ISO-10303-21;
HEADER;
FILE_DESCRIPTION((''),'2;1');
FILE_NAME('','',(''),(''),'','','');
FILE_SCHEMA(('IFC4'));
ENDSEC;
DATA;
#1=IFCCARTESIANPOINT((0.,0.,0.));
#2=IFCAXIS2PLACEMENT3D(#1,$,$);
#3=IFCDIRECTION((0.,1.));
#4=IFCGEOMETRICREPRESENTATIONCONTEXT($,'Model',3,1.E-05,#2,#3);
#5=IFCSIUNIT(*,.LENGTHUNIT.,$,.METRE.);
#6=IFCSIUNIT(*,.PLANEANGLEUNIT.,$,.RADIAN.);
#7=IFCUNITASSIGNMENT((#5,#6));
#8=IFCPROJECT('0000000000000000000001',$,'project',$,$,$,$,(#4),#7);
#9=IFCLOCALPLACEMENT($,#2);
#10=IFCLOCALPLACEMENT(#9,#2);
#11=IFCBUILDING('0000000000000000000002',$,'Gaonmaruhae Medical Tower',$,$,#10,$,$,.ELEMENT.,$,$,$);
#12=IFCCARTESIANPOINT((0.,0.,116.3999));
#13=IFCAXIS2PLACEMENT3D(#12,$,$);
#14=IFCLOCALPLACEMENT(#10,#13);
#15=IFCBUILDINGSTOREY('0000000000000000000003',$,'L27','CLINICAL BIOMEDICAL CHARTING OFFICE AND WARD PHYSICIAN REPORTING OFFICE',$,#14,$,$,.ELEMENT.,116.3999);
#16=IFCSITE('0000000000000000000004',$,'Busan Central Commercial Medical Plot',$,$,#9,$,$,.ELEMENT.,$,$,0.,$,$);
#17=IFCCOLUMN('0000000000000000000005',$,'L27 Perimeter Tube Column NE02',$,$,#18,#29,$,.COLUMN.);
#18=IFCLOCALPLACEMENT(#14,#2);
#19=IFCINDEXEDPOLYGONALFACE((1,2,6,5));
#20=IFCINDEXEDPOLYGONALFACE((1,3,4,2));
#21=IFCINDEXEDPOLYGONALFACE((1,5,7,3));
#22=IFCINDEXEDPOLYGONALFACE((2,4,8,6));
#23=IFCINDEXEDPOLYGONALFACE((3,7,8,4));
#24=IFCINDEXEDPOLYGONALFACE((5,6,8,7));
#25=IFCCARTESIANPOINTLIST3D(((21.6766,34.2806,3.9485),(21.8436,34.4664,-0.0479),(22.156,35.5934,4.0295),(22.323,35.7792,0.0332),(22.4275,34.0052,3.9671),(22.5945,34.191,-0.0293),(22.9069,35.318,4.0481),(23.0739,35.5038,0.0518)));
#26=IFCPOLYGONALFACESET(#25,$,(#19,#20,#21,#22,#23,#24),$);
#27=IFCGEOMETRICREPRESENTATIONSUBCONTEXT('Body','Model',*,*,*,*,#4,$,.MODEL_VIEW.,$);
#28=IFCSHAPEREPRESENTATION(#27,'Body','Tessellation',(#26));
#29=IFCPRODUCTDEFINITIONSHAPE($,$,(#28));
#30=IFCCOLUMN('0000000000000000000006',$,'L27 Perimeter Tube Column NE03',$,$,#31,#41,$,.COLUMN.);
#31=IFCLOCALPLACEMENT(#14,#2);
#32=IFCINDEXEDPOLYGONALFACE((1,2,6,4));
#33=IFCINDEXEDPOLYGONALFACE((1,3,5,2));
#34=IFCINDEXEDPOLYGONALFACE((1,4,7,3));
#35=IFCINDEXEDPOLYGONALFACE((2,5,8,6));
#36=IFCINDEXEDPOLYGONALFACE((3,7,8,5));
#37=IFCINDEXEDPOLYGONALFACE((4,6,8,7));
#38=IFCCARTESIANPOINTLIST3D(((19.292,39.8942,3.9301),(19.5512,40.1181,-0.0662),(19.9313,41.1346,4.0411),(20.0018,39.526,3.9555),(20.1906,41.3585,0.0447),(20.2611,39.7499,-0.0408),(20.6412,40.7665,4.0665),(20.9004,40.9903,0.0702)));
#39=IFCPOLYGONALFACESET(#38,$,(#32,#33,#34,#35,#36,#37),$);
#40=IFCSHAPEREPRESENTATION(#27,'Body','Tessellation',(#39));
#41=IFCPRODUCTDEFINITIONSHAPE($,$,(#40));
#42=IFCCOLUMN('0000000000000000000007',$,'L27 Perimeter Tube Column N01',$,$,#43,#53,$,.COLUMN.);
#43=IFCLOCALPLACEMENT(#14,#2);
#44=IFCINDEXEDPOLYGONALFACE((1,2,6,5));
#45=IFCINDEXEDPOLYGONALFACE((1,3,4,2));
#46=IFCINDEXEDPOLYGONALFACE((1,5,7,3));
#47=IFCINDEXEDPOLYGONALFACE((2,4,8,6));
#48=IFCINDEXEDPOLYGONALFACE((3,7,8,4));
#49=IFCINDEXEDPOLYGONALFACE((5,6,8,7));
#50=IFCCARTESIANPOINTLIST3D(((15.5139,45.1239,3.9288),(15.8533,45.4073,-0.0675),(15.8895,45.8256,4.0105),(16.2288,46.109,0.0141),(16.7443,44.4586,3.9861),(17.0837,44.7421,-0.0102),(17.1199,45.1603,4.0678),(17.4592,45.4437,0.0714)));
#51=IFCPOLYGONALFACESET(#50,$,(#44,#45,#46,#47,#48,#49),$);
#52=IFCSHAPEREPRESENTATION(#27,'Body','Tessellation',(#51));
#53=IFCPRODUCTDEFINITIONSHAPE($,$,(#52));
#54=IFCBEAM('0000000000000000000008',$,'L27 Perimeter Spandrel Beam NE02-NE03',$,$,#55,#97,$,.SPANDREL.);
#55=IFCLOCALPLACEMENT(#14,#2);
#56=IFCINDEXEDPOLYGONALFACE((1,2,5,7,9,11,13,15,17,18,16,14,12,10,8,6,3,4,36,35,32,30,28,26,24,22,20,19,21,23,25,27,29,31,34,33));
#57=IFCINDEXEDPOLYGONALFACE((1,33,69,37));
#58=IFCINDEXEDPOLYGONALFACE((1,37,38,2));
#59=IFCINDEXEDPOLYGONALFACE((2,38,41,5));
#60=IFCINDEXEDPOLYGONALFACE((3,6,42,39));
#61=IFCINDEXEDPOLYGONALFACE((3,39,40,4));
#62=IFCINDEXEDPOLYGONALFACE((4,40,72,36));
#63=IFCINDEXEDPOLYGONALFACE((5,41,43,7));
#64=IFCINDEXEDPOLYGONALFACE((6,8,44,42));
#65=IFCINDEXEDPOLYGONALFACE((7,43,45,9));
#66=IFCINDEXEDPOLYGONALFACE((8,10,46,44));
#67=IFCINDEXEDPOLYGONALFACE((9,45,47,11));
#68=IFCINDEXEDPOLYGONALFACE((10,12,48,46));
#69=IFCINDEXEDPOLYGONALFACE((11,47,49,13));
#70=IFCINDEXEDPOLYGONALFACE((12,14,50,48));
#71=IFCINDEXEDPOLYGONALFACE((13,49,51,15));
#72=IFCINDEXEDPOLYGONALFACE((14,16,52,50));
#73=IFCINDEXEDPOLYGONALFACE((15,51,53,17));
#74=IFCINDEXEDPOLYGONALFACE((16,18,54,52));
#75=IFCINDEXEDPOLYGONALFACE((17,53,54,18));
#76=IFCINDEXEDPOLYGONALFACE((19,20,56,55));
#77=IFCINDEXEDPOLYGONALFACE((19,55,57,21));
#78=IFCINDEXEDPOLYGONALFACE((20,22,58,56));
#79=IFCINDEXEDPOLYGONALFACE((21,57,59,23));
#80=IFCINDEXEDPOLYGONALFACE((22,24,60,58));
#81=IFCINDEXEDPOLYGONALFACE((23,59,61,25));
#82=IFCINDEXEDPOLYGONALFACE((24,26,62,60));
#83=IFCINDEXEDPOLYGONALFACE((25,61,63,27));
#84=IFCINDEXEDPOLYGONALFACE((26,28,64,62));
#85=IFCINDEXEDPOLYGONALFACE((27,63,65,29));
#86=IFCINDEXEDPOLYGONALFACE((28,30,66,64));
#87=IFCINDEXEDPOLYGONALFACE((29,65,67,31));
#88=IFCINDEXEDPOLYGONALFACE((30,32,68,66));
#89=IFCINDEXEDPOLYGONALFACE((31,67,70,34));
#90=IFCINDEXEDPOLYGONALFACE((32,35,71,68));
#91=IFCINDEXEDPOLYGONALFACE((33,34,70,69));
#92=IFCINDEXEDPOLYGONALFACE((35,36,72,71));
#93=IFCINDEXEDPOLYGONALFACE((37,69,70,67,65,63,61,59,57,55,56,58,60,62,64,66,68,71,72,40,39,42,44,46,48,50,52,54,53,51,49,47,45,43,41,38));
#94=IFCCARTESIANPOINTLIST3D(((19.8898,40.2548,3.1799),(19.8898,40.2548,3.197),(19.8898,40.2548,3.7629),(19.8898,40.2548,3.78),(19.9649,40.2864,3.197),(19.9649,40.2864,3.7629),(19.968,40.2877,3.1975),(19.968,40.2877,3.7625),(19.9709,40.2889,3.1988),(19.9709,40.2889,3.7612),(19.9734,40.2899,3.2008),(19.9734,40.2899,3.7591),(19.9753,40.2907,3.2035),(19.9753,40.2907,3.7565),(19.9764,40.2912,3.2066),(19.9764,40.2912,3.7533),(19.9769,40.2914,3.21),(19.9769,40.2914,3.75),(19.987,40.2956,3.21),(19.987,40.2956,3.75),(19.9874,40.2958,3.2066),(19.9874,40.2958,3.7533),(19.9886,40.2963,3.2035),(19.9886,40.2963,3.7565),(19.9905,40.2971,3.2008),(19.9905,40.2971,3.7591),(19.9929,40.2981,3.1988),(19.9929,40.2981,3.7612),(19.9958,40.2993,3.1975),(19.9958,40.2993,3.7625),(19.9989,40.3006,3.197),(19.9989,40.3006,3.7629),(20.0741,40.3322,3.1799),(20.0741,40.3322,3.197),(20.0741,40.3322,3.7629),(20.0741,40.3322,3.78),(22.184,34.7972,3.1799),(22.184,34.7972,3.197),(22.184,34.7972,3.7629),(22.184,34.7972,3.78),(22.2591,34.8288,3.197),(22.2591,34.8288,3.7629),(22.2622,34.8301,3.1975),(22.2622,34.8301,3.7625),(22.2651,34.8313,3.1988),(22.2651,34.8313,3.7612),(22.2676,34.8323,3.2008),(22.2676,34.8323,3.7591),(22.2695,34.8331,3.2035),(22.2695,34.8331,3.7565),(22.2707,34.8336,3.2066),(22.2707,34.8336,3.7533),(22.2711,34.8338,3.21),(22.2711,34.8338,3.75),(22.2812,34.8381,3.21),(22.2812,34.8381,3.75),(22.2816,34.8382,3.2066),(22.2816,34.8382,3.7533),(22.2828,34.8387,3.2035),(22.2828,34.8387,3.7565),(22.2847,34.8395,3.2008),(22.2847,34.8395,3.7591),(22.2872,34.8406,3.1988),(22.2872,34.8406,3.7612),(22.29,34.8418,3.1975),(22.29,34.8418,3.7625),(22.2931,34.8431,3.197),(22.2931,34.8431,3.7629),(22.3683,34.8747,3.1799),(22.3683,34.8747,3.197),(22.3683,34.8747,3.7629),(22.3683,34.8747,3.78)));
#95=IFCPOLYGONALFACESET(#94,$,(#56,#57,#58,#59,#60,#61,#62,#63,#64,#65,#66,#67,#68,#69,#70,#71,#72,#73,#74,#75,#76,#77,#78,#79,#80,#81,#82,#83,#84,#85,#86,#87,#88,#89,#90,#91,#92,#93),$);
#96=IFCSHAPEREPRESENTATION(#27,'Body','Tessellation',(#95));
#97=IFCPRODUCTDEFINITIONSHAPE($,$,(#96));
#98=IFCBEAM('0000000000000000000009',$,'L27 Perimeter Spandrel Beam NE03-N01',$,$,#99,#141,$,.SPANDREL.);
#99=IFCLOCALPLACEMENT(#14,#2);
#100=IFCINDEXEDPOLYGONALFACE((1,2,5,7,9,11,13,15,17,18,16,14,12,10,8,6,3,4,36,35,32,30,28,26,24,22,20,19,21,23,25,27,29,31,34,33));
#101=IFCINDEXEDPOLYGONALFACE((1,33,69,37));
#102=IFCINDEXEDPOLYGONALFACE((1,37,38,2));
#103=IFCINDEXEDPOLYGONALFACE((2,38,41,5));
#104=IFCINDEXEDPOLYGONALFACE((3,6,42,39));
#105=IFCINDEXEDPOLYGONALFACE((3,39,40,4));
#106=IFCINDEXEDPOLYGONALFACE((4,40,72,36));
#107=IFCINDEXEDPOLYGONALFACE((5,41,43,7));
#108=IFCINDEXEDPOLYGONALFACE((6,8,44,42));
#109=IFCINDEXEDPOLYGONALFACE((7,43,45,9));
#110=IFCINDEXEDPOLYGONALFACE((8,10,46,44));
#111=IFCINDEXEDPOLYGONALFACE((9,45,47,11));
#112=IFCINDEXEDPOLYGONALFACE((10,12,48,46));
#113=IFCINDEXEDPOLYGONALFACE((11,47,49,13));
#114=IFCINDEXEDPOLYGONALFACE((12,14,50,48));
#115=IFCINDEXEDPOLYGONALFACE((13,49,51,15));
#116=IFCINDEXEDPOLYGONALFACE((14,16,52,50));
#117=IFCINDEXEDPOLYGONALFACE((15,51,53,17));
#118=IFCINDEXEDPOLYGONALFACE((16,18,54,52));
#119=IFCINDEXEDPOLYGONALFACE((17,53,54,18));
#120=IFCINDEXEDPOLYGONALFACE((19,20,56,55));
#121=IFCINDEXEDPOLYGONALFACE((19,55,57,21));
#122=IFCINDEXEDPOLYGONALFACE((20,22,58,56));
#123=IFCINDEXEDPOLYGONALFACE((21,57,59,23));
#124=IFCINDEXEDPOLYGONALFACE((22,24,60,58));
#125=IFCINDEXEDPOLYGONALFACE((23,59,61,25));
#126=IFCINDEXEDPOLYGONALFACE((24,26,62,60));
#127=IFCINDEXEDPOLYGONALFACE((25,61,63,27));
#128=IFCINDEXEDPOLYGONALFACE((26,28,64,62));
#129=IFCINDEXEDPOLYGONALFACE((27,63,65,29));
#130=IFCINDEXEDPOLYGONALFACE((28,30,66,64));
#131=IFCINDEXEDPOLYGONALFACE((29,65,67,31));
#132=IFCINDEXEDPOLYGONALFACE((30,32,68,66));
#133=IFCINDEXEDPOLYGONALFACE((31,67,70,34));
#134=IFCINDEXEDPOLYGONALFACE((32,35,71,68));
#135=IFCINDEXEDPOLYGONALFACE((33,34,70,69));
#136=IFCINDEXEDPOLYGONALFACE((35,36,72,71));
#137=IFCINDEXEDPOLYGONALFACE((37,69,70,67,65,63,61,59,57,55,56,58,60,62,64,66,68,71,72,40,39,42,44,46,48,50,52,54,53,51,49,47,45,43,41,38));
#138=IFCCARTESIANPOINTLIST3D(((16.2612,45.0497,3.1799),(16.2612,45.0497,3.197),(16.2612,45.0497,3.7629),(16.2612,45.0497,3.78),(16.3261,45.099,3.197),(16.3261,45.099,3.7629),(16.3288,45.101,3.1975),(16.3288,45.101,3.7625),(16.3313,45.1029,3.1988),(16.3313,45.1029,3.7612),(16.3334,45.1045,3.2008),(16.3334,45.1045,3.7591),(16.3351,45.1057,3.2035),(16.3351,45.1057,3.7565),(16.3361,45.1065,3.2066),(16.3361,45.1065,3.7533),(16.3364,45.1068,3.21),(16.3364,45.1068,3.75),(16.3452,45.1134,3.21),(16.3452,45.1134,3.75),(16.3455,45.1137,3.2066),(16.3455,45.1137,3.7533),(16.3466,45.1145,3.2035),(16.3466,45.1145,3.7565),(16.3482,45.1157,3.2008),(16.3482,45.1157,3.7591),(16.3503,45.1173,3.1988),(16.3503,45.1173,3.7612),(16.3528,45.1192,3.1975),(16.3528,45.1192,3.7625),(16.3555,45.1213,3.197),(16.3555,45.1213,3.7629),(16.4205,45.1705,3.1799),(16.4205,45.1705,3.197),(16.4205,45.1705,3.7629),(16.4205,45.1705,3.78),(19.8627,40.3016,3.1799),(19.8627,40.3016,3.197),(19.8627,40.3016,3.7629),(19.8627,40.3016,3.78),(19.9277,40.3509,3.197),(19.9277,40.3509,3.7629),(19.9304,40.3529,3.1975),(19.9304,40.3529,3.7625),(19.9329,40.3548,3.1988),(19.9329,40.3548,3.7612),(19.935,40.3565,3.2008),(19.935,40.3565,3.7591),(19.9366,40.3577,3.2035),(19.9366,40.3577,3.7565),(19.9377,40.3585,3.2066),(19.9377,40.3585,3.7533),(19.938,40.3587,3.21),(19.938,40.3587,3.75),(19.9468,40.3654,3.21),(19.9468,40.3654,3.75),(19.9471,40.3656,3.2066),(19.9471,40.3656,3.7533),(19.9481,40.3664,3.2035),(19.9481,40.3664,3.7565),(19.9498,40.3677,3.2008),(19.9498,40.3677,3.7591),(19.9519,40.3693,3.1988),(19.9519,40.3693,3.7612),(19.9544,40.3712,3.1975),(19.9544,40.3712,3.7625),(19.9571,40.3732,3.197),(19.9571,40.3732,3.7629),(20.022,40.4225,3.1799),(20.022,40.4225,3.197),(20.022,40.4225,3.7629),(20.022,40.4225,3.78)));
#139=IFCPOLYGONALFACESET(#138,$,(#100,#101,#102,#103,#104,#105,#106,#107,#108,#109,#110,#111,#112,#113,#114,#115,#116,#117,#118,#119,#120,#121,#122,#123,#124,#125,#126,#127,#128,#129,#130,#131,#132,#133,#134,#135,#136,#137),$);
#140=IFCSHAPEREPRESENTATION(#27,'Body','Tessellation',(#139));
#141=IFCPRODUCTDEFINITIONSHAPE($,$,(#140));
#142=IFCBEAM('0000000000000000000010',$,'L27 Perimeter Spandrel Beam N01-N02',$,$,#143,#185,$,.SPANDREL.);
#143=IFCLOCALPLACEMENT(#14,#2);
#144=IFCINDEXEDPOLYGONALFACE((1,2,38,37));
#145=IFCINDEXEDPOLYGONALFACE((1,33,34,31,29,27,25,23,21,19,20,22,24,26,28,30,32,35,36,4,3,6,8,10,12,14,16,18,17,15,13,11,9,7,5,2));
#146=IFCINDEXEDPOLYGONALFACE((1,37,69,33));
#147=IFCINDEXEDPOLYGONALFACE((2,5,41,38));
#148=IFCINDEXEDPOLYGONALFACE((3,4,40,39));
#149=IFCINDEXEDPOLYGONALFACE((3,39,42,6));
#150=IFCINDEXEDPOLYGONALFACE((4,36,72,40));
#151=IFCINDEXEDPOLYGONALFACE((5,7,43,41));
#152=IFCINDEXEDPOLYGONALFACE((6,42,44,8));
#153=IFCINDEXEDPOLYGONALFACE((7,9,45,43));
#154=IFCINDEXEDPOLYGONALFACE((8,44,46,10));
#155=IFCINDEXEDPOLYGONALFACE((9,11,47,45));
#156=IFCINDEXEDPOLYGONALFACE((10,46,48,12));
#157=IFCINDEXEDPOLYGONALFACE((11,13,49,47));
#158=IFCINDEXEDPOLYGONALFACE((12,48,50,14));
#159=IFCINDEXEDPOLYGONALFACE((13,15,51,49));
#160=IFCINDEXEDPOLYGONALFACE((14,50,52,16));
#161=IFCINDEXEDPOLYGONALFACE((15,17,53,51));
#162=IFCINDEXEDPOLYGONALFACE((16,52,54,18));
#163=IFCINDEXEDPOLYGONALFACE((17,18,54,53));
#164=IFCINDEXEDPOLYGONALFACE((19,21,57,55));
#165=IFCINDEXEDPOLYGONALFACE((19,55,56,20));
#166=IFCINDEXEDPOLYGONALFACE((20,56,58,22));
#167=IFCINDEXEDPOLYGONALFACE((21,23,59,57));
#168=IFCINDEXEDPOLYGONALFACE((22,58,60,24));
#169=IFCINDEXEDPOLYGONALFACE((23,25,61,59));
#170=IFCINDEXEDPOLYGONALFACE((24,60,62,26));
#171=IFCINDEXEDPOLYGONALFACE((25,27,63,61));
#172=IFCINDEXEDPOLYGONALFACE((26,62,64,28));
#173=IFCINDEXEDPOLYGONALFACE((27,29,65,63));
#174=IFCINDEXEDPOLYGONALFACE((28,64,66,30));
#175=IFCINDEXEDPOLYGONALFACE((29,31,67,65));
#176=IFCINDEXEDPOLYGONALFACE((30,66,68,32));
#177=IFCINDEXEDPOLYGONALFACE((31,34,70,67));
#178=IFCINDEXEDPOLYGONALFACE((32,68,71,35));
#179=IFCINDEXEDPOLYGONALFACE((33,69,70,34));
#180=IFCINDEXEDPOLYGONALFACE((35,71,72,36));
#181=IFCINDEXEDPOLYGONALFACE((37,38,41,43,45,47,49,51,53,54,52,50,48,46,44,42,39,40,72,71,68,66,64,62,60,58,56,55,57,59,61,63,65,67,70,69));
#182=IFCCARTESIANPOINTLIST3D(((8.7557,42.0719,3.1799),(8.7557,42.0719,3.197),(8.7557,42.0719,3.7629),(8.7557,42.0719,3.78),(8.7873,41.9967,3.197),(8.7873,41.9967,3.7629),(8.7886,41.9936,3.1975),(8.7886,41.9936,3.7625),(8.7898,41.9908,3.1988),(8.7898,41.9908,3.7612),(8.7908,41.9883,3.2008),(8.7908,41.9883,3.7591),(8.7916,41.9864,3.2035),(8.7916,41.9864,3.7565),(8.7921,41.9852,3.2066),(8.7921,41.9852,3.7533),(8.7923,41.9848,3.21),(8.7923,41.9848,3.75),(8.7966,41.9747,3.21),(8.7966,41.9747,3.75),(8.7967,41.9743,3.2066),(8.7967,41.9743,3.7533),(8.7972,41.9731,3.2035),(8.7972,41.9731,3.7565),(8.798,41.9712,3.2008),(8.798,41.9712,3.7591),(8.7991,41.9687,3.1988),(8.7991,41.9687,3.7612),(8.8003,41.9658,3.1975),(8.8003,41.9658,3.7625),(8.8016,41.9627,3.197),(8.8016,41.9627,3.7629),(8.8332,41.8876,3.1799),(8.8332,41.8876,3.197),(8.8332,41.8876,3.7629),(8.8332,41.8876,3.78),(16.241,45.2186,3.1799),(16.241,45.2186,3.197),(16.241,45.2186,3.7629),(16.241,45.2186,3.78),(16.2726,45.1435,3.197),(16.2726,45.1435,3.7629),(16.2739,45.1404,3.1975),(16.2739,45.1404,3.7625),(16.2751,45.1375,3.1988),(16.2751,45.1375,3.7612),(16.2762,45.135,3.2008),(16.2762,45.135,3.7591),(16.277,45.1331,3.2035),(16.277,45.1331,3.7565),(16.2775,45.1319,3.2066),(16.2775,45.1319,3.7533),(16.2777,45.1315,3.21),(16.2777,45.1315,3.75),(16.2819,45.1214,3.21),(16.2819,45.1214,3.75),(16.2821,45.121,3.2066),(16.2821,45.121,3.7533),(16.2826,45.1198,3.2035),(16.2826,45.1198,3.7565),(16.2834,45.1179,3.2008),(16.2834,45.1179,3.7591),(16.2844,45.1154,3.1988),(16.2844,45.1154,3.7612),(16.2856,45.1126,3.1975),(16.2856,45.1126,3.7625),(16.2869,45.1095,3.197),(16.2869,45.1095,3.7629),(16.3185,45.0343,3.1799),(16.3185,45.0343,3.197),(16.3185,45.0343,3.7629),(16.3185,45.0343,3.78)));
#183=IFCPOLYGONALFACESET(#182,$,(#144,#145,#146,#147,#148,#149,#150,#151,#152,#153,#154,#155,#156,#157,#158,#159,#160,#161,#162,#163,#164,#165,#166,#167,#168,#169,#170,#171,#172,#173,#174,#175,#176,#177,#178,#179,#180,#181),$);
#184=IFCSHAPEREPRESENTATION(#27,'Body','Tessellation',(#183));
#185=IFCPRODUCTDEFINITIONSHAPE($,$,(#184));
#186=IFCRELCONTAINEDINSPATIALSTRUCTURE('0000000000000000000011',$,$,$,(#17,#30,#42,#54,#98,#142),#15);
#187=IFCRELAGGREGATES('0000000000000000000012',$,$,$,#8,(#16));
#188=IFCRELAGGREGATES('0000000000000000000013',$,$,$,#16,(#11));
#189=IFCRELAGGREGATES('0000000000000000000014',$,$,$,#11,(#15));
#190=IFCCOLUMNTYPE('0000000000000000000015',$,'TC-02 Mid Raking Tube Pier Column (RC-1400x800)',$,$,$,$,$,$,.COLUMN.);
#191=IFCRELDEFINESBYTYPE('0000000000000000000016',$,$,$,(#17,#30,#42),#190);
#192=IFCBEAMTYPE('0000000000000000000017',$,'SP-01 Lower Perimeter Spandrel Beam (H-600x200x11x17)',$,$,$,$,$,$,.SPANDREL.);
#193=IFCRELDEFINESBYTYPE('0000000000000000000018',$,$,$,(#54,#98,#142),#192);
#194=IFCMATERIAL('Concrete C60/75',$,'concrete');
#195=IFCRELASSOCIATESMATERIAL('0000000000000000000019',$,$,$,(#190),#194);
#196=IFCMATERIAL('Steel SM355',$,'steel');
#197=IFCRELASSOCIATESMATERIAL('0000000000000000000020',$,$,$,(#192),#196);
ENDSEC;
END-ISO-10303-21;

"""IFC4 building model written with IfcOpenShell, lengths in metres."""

from ifc_helpers import new_model, si_unit, direction, frame, origin, origin_2d, place, context, subcontext, project, spatial, rectangle, i_section, extrude, material, material_profile, profile_set, type_object, element, save


model = new_model("IFC4")

# Units and contexts
model_context = context("Model", 3, precision=1e-05, world=origin(), true_north=direction((0.0, 1.0)))
body_context = subcontext(model_context, "Body", "Model", "MODEL_VIEW")
ifc_project = project(units=[si_unit("LENGTHUNIT", "METRE"), si_unit("PLANEANGLEUNIT", "RADIAN")], contexts=[model_context])

# Site, building, storey
site_placement = place(None, origin())
site = spatial("IfcSite", under=ifc_project, at=site_placement, Name="Busan Central Commercial Medical Plot", CompositionType="ELEMENT", RefElevation=0.0)
building_placement = place(site_placement, origin())
building = spatial("IfcBuilding", under=site, at=building_placement, Name="Gaonmaruhae Medical Tower", CompositionType="ELEMENT")
storey_placement = place(building_placement, frame((0.0, 0.0, 116.3999)))
storey = spatial("IfcBuildingStorey", under=building, at=storey_placement, Name="L27", Description="CLINICAL BIOMEDICAL CHARTING OFFICE AND WARD PHYSICIAN REPORTING OFFICE", CompositionType="ELEMENT", Elevation=116.3999)

# Columns
ifc_material_1 = material(Name="Concrete C60/75", Category="concrete")
ifc_material_profile_1 = material_profile(ifc_material_1, rectangle(XDim=1.3999, YDim=0.8, at=origin_2d()), Name="RC-1400x800")
ifc_profile_set_1 = profile_set([ifc_material_profile_1], Name="Concrete C60/75")
column_type = type_object("IfcColumnType", Name="TC-02 Mid Raking Tube Pier Column (RC-1400x800)", PredefinedType="COLUMN", material=ifc_profile_set_1)
column_1_placement = place(storey_placement, frame((22.4587, 34.9851, 0.002), z_axis=(-0.041705, -0.0464, 0.998052), x_axis=(0.342447, 0.937751, 0.057906)))
element("IfcColumn", 1, at=column_1_placement, inside=storey, type_object=column_type, Name="L27 Perimeter Tube Column NE02", PredefinedType="COLUMN", context=body_context, shape_type="SweptSolid", body=[
    extrude(rectangle(XDim=1.3999, YDim=0.8, at=origin_2d()), origin(), (0.0, 0.0, 1.0), 4.0042),
])
column_2_placement = place(storey_placement, frame((20.2258, 40.5542, 0.002), z_axis=(-0.064642, -0.055816, 0.996346), x_axis=(0.456711, 0.886076, 0.079269)))
element("IfcColumn", 2, at=column_2_placement, inside=storey, type_object=column_type, Name="L27 Perimeter Tube Column NE03", PredefinedType="COLUMN", context=body_context, shape_type="SweptSolid", body=[
    extrude(rectangle(XDim=1.3999, YDim=0.8, at=origin_2d()), origin(), (0.0, 0.0, 1.0), 4.011),
])
column_3_placement = place(storey_placement, frame((16.6562, 45.4255, 0.002), z_axis=(-0.084402, -0.070497, 0.993935), x_axis=(0.878913, -0.475222, 0.040928)))
element("IfcColumn", 3, at=column_3_placement, inside=storey, type_object=column_type, Name="L27 Perimeter Tube Column N01", PredefinedType="COLUMN", context=body_context, shape_type="SweptSolid", body=[
    extrude(rectangle(XDim=1.3999, YDim=0.8, at=origin_2d()), origin(), (0.0, 0.0, 1.0), 4.0208),
])

# Beams
ifc_material_2 = material(Name="Steel SM355", Category="steel")
ifc_material_profile_2 = material_profile(ifc_material_2, i_section(OverallWidth=0.2, OverallDepth=0.6001, WebThickness=0.011, FlangeThickness=0.0171, FilletRadius=0.0129, at=origin_2d()), Name="H-600x200x11x17")
ifc_profile_set_2 = profile_set([ifc_material_profile_2], Name="Steel SM355")
beam_type = type_object("IfcBeamType", Name="SP-01 Lower Perimeter Spandrel Beam (H-600x200x11x17)", PredefinedType="SPANDREL", material=ifc_profile_set_2)
beam_1_placement = place(storey_placement, frame((22.2761, 34.8359, 3.48), z_axis=(-0.387524, 0.92186, 0.0), x_axis=(-0.92186, -0.387524, 0.0)))
element("IfcBeam", 4, at=beam_1_placement, inside=storey, type_object=beam_type, Name="L27 Perimeter Spandrel Beam NE02-NE03", PredefinedType="SPANDREL", context=body_context, shape_type="SweptSolid", body=[
    extrude(i_section(OverallWidth=0.2, OverallDepth=0.6001, WebThickness=0.011, FlangeThickness=0.0171, FilletRadius=0.0129, at=origin_2d()), origin(), (0.0, 0.0, 1.0), 5.9202),
])
beam_2_placement = place(storey_placement, frame((19.9424, 40.3621, 3.48), z_axis=(-0.604343, 0.796724, 0.0), x_axis=(-0.796724, -0.604343, 0.0)))
element("IfcBeam", 5, at=beam_2_placement, inside=storey, type_object=beam_type, Name="L27 Perimeter Spandrel Beam NE03-N01", PredefinedType="SPANDREL", context=body_context, shape_type="SweptSolid", body=[
    extrude(i_section(OverallWidth=0.2, OverallDepth=0.6001, WebThickness=0.011, FlangeThickness=0.0171, FilletRadius=0.0129, at=origin_2d()), origin(), (0.0, 0.0, 1.0), 5.9595),
])
beam_3_placement = place(storey_placement, frame((16.2798, 45.1265, 3.48), z_axis=(-0.921855, -0.387534, 0.0), x_axis=(0.387534, -0.921855, 0.0)))
element("IfcBeam", 6, at=beam_3_placement, inside=storey, type_object=beam_type, Name="L27 Perimeter Spandrel Beam N01-N02", PredefinedType="SPANDREL", context=body_context, shape_type="SweptSolid", body=[
    extrude(i_section(OverallWidth=0.2, OverallDepth=0.6001, WebThickness=0.011, FlangeThickness=0.0171, FilletRadius=0.0129, at=origin_2d()), origin(), (0.0, 0.0, 1.0), 8.1199),
])

save(model, "model.ifc")
